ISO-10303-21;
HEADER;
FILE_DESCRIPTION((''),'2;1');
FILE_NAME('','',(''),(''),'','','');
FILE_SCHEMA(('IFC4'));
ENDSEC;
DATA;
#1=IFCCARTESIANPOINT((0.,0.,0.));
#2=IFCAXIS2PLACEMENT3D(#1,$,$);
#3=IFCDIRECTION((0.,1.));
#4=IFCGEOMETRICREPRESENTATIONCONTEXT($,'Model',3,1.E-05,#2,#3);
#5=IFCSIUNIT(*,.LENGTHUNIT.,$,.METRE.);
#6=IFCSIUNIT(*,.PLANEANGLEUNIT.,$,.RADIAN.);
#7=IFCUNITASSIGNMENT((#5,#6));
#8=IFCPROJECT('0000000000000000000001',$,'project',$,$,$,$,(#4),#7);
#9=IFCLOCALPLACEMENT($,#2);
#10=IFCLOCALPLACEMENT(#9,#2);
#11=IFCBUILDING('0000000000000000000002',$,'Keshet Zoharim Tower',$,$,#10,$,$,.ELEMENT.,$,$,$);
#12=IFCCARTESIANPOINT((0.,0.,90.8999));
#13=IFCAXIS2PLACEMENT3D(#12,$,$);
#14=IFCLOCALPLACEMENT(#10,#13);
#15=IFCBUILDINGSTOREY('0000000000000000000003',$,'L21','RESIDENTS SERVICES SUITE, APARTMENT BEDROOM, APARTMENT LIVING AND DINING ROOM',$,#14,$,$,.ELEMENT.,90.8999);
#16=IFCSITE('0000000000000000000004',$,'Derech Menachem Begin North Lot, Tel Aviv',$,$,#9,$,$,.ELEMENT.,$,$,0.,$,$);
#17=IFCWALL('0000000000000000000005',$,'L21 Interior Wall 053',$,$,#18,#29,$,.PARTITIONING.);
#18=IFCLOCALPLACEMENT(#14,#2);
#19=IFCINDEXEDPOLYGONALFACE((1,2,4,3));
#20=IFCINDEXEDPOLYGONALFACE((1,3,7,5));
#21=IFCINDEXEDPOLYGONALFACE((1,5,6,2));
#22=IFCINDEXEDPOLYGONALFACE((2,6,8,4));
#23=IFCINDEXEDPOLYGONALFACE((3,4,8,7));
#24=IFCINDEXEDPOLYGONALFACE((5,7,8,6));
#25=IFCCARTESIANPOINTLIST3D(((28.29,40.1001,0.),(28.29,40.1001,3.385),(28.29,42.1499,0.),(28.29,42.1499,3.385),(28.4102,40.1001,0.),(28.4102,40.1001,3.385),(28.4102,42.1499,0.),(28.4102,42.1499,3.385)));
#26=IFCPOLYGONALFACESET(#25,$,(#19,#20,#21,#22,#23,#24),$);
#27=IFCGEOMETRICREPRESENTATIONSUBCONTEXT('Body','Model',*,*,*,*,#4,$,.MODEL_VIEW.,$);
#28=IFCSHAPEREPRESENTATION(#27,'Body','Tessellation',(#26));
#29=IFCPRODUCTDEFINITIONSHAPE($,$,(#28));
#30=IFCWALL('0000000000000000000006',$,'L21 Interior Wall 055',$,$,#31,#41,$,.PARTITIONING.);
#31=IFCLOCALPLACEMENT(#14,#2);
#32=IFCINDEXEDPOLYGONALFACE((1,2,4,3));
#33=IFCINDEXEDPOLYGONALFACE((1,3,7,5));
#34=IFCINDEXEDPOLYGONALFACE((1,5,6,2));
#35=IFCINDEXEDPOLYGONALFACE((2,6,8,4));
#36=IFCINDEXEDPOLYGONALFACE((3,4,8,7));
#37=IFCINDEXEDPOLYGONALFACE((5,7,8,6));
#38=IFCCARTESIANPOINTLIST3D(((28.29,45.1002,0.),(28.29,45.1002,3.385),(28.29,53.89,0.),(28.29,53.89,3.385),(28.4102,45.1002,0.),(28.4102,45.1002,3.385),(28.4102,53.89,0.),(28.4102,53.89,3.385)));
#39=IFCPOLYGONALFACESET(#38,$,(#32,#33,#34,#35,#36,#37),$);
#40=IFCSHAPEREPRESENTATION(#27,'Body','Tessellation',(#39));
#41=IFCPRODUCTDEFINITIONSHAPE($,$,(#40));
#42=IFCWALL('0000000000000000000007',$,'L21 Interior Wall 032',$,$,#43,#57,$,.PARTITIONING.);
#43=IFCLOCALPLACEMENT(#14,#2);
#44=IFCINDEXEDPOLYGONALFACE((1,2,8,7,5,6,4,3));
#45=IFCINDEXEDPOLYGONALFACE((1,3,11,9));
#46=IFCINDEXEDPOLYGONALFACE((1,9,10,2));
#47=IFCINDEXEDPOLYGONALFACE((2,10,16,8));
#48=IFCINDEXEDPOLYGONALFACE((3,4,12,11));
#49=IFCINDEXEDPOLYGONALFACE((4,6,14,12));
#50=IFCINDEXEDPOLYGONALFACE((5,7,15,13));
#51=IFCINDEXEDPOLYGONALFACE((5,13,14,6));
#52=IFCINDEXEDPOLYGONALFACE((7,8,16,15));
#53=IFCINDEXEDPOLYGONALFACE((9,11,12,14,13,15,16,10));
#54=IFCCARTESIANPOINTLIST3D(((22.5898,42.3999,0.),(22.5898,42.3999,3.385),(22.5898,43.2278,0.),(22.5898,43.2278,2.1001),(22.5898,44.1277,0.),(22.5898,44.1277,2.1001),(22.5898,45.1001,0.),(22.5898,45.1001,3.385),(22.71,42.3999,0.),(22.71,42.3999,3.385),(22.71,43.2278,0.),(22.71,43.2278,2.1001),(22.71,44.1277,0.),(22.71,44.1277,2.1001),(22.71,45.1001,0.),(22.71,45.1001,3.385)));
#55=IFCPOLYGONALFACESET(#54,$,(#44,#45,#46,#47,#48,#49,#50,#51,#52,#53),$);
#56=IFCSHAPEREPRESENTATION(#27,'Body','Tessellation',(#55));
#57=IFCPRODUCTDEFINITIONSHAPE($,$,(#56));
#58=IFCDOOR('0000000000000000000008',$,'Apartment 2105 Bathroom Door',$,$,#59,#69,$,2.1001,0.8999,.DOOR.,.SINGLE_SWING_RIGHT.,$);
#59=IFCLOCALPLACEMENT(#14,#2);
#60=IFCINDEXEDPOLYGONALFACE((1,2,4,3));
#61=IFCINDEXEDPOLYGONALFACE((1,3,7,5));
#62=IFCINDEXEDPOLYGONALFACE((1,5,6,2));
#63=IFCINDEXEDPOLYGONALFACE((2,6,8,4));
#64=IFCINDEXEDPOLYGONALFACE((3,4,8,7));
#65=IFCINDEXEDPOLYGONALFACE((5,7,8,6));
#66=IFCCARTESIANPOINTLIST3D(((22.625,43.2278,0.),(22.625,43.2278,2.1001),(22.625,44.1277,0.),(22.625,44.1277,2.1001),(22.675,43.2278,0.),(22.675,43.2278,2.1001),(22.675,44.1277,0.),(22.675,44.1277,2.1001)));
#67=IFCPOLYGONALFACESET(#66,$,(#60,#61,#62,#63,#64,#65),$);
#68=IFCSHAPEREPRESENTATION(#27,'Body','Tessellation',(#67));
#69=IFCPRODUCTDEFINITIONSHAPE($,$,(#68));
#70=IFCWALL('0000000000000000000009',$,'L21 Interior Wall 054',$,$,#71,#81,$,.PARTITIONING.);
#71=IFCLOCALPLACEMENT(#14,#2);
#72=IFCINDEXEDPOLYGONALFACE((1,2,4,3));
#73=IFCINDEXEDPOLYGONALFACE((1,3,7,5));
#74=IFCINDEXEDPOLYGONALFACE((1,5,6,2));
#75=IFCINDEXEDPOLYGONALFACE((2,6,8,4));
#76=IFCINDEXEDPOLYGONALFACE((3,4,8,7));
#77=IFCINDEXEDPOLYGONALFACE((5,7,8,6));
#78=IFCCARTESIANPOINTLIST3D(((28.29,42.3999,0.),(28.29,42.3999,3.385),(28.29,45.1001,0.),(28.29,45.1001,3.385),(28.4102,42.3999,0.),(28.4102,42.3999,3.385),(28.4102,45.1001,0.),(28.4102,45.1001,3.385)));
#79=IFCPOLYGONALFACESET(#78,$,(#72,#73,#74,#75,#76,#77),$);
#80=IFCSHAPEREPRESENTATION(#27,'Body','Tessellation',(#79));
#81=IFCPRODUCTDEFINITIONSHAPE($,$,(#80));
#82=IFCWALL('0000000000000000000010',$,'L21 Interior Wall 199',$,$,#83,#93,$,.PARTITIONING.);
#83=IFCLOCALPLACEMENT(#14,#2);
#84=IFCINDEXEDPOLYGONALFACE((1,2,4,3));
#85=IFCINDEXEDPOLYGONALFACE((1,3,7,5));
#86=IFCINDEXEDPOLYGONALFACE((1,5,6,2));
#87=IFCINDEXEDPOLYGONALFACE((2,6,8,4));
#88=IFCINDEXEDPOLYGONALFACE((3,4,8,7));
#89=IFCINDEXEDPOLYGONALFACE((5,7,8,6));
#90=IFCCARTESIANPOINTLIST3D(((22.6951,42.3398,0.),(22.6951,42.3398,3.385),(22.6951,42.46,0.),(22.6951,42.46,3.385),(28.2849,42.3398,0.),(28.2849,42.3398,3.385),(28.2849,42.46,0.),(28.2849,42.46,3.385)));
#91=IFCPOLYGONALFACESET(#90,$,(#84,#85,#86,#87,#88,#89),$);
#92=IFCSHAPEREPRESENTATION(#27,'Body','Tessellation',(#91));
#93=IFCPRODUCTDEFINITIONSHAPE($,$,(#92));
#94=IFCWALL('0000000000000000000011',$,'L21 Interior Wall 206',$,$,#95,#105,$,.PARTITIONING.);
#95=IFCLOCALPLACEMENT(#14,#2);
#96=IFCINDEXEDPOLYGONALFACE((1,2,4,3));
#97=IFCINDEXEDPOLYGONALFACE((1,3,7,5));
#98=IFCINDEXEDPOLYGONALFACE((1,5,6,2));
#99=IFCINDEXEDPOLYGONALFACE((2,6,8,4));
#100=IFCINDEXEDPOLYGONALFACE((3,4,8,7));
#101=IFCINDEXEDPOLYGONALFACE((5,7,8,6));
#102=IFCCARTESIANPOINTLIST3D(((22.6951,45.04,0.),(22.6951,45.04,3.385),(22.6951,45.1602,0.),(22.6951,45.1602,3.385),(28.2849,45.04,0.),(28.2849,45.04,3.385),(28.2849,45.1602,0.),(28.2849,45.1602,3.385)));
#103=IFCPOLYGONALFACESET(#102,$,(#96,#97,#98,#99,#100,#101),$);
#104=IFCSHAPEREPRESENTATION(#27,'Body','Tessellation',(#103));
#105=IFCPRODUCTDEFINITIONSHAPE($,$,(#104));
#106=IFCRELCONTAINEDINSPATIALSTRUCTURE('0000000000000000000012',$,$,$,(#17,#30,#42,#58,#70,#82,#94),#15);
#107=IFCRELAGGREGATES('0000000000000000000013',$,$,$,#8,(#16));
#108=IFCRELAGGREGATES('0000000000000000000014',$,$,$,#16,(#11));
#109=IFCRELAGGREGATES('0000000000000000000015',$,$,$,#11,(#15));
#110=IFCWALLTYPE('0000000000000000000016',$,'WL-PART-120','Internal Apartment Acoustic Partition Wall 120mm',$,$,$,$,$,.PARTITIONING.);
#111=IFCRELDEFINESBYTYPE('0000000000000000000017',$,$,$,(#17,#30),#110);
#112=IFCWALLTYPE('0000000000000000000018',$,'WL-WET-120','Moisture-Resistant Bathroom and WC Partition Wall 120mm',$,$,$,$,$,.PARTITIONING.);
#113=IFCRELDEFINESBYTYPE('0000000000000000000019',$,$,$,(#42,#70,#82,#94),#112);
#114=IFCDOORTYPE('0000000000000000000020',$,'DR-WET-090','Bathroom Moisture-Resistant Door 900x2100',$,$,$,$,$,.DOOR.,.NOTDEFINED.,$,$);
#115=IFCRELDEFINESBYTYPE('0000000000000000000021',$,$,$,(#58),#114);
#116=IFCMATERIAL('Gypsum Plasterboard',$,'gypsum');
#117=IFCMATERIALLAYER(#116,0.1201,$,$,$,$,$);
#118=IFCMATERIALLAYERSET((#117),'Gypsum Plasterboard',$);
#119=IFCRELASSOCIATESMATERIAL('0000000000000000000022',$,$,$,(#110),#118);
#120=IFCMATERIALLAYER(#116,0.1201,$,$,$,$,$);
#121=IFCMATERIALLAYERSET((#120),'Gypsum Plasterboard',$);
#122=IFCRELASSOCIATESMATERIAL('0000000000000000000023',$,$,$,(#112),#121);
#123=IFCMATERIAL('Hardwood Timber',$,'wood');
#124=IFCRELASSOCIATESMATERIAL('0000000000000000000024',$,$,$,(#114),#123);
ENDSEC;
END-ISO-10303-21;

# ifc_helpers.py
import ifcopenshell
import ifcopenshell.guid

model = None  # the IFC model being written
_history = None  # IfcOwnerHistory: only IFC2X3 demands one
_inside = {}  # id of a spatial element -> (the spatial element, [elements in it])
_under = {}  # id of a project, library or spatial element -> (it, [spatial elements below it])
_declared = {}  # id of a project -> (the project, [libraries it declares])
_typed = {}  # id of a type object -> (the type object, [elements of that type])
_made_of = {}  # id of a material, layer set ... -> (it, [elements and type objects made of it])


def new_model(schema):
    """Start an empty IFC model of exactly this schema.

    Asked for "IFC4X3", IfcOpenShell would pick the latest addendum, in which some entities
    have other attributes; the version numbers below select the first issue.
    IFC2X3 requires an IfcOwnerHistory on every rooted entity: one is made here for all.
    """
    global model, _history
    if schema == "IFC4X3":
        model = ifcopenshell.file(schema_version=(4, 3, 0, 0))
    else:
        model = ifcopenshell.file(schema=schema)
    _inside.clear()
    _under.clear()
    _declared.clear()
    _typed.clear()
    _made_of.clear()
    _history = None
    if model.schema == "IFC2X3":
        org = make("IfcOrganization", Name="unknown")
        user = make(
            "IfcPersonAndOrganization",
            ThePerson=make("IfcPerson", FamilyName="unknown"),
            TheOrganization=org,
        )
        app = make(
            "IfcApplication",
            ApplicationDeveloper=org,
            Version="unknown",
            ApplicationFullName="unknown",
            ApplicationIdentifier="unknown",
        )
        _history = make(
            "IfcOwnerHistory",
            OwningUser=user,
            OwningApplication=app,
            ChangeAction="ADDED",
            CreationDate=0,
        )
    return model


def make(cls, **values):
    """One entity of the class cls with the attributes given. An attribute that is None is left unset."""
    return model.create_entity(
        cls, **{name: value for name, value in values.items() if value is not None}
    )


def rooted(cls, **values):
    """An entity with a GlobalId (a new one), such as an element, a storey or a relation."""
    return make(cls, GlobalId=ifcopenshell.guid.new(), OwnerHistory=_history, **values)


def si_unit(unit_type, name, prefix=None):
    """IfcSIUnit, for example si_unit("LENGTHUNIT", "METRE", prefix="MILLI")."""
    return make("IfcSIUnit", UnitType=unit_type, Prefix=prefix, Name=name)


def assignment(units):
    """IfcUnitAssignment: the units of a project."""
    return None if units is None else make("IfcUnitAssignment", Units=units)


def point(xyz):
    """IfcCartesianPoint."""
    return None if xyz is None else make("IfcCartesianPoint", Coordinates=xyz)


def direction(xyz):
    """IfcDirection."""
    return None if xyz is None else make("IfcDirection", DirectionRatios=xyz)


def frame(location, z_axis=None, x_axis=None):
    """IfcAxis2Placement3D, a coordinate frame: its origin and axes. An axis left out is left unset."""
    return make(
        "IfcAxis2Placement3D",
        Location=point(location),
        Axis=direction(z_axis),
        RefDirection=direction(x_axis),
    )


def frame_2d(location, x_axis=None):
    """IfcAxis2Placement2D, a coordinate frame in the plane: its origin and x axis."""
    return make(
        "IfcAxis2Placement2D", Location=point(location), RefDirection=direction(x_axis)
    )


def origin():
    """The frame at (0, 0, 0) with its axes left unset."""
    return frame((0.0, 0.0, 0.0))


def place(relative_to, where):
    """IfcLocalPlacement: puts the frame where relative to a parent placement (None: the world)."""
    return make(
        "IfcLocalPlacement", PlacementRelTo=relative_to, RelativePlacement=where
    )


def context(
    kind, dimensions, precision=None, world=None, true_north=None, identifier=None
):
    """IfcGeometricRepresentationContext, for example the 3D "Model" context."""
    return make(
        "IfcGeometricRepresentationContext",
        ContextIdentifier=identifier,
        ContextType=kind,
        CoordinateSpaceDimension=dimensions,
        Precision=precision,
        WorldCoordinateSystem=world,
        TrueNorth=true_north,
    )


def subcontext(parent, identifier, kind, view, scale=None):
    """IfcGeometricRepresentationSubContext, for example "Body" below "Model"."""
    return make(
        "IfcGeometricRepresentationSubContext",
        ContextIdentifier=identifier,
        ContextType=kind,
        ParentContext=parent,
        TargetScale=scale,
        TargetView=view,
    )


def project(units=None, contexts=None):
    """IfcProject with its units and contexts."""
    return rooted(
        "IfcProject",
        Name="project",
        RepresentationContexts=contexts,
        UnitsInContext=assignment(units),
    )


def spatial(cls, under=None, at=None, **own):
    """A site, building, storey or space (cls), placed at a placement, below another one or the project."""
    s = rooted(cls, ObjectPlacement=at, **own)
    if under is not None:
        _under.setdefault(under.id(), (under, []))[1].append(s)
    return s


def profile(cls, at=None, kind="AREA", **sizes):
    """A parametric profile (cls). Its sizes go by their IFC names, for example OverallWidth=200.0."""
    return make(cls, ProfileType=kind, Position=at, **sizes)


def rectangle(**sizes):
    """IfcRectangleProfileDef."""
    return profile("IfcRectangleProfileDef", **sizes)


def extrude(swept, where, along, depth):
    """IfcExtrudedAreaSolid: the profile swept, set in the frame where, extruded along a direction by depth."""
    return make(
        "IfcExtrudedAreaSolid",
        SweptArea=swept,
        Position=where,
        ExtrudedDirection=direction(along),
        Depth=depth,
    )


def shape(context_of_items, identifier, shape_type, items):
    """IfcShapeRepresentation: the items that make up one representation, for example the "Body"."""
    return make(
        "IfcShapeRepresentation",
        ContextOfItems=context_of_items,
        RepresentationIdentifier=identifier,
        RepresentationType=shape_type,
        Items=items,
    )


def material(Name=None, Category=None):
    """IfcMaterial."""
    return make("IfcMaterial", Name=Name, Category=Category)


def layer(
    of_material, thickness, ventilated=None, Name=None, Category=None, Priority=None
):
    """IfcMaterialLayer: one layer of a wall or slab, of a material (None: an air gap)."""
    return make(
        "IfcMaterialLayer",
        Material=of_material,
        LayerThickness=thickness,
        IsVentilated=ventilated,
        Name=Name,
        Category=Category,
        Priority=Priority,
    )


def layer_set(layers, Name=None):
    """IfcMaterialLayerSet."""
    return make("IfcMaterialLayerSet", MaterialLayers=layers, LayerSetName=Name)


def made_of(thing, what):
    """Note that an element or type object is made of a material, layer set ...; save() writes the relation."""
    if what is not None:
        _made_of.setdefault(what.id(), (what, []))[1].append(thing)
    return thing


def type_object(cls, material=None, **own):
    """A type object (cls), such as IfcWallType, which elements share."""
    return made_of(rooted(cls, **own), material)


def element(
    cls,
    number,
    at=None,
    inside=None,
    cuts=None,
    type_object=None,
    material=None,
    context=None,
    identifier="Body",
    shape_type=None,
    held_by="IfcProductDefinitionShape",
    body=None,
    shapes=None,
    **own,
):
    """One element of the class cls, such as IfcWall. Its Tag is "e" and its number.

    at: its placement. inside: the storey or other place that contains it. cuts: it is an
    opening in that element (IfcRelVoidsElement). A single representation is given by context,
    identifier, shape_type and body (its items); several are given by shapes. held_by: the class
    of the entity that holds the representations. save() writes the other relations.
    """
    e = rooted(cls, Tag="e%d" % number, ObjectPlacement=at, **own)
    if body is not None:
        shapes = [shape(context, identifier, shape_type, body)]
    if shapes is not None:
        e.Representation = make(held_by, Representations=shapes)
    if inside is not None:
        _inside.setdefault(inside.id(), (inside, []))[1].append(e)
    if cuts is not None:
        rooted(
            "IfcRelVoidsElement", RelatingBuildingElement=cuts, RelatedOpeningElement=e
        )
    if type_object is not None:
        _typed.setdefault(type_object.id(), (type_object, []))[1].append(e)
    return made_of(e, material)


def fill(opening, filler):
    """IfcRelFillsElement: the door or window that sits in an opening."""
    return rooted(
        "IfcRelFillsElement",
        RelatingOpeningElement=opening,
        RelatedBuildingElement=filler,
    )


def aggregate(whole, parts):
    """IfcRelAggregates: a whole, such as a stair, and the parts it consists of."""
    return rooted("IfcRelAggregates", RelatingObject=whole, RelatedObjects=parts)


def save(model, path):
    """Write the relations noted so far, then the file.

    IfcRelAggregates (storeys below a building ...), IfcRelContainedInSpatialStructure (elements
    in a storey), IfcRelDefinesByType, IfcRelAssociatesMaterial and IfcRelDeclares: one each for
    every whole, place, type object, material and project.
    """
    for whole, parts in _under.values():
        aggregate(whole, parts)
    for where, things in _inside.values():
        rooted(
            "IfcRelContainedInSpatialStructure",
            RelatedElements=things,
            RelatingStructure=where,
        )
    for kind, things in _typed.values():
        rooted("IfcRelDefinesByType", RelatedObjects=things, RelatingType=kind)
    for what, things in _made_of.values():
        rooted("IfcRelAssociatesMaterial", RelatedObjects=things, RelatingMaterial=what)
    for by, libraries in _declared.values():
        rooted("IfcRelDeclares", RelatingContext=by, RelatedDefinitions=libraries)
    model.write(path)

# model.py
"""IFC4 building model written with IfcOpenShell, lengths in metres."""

from ifc_helpers import new_model, si_unit, direction, frame, frame_2d, origin, place, context, subcontext, project, spatial, rectangle, extrude, material, layer, layer_set, type_object, element, fill, save


model = new_model("IFC4")

# Units and contexts
model_context = context("Model", 3, precision=1e-05, world=origin(), true_north=direction((0.0, 1.0)))
body_context = subcontext(model_context, "Body", "Model", "MODEL_VIEW")
ifc_project = project(units=[si_unit("LENGTHUNIT", "METRE"), si_unit("PLANEANGLEUNIT", "RADIAN")], contexts=[model_context])

# Site, building, storey
site_placement = place(None, origin())
site = spatial("IfcSite", under=ifc_project, at=site_placement, Name="Derech Menachem Begin North Lot, Tel Aviv", CompositionType="ELEMENT", RefElevation=0.0)
building_placement = place(site_placement, origin())
building = spatial("IfcBuilding", under=site, at=building_placement, Name="Keshet Zoharim Tower", CompositionType="ELEMENT")
storey_placement = place(building_placement, frame((0.0, 0.0, 90.8999)))
storey = spatial("IfcBuildingStorey", under=building, at=storey_placement, Name="L21", Description="RESIDENTS SERVICES SUITE, APARTMENT BEDROOM, APARTMENT LIVING AND DINING ROOM", CompositionType="ELEMENT", Elevation=90.8999)

# Shared definitions
ifc_material_1 = material(Name="Gypsum Plasterboard", Category="gypsum")
ifc_material_2 = material(Name="Hardwood Timber", Category="wood")

# Shared definitions
ifc_layer_1 = layer(ifc_material_1, 0.1201)
ifc_layer_set_1 = layer_set([ifc_layer_1], Name="Gypsum Plasterboard")
wall_type_1 = type_object("IfcWallType", Name="WL-PART-120", Description="Internal Apartment Acoustic Partition Wall 120mm", PredefinedType="PARTITIONING", material=ifc_layer_set_1)

# Walls
wall_1_placement = place(storey_placement, frame((28.3501, 40.1001, 0.0), z_axis=(0.0, 0.0, 1.0), x_axis=(0.0, 1.0, 0.0)))
element("IfcWall", 1, at=wall_1_placement, inside=storey, type_object=wall_type_1, Name="L21 Interior Wall 053", PredefinedType="PARTITIONING", context=body_context, shape_type="SweptSolid", body=[
    extrude(rectangle(XDim=2.0498, YDim=0.1201, at=frame_2d((1.0249, 0.0))), origin(), (0.0, 0.0, 1.0), 3.385),
])
wall_2_placement = place(storey_placement, frame((28.3501, 45.1001, 0.0), z_axis=(0.0, 0.0, 1.0), x_axis=(0.0, 1.0, 0.0)))
element("IfcWall", 2, at=wall_2_placement, inside=storey, type_object=wall_type_1, Name="L21 Interior Wall 055", PredefinedType="PARTITIONING", context=body_context, shape_type="SweptSolid", body=[
    extrude(rectangle(XDim=8.7898, YDim=0.1201, at=frame_2d((4.395, 0.0))), origin(), (0.0, 0.0, 1.0), 3.385),
])

# Wall, opening, door
ifc_layer_2 = layer(ifc_material_1, 0.1201)
ifc_layer_set_2 = layer_set([ifc_layer_2], Name="Gypsum Plasterboard")
wall_type_2 = type_object("IfcWallType", Name="WL-WET-120", Description="Moisture-Resistant Bathroom and WC Partition Wall 120mm", PredefinedType="PARTITIONING", material=ifc_layer_set_2)
wall_3_placement = place(storey_placement, frame((22.6499, 42.3999, 0.0), z_axis=(0.0, 0.0, 1.0), x_axis=(0.0, 1.0, 0.0)))
wall_3 = element("IfcWall", 3, at=wall_3_placement, inside=storey, type_object=wall_type_2, Name="L21 Interior Wall 032", PredefinedType="PARTITIONING", context=body_context, shape_type="SweptSolid", body=[
    extrude(rectangle(XDim=2.7002, YDim=0.1201, at=frame_2d((1.3501, 0.0))), origin(), (0.0, 0.0, 1.0), 3.385),
])
opening_1_placement = place(wall_3_placement, frame((0.8279, 0.0, 0.0)))
opening_1 = element("IfcOpeningElement", 4, at=opening_1_placement, cuts=wall_3, PredefinedType="OPENING", context=body_context, shape_type="SweptSolid", body=[
    extrude(rectangle(XDim=0.8999, YDim=2.1001, at=frame_2d((0.45, 1.05))), frame((0.0, 0.0701, 0.0), z_axis=(0.0, -1.0, 0.0), x_axis=(1.0, 0.0, 0.0)), (0.0, 0.0, 1.0), 0.1401),
])
door_type_1 = type_object("IfcDoorType", Name="DR-WET-090", Description="Bathroom Moisture-Resistant Door 900x2100", OperationType="NOTDEFINED", PredefinedType="DOOR", material=ifc_material_2)
door_1_placement = place(opening_1_placement, origin())
door_1 = element("IfcDoor", 5, at=door_1_placement, inside=storey, type_object=door_type_1, Name="Apartment 2105 Bathroom Door", OperationType="SINGLE_SWING_RIGHT", OverallHeight=2.1001, OverallWidth=0.8999, PredefinedType="DOOR", context=body_context, shape_type="SweptSolid", body=[
    extrude(rectangle(XDim=0.8999, YDim=2.1001, at=frame_2d((0.45, 1.05))), frame((0.0, 0.0249, 0.0), z_axis=(0.0, -1.0, 0.0), x_axis=(1.0, 0.0, 0.0)), (0.0, 0.0, 1.0), 0.05),
])
fill(opening_1, door_1)

# Walls
wall_4_placement = place(storey_placement, frame((28.3501, 42.3999, 0.0), z_axis=(0.0, 0.0, 1.0), x_axis=(0.0, 1.0, 0.0)))
element("IfcWall", 6, at=wall_4_placement, inside=storey, type_object=wall_type_2, Name="L21 Interior Wall 054", PredefinedType="PARTITIONING", context=body_context, shape_type="SweptSolid", body=[
    extrude(rectangle(XDim=2.7002, YDim=0.1201, at=frame_2d((1.3501, 0.0))), origin(), (0.0, 0.0, 1.0), 3.385),
])
for number, where, z_axis, x_axis, name in (
    (7, (22.6951, 42.3999, 0.0), (0.0, 0.0, 1.0), (1.0, 0.0, 0.0), "L21 Interior Wall 199"),
    (8, (22.6951, 45.1001, 0.0), (0.0, 0.0, 1.0), (1.0, 0.0, 0.0), "L21 Interior Wall 206"),
):
    element("IfcWall", number, at=place(storey_placement, frame(where, z_axis=z_axis, x_axis=x_axis)), inside=storey, type_object=wall_type_2, Name=name, PredefinedType="PARTITIONING", context=body_context, shape_type="SweptSolid", body=[
        extrude(rectangle(XDim=5.5898, YDim=0.1201, at=frame_2d((2.7949, 0.0))), origin(), (0.0, 0.0, 1.0), 3.385),
    ])

save(model, "model.ifc")
